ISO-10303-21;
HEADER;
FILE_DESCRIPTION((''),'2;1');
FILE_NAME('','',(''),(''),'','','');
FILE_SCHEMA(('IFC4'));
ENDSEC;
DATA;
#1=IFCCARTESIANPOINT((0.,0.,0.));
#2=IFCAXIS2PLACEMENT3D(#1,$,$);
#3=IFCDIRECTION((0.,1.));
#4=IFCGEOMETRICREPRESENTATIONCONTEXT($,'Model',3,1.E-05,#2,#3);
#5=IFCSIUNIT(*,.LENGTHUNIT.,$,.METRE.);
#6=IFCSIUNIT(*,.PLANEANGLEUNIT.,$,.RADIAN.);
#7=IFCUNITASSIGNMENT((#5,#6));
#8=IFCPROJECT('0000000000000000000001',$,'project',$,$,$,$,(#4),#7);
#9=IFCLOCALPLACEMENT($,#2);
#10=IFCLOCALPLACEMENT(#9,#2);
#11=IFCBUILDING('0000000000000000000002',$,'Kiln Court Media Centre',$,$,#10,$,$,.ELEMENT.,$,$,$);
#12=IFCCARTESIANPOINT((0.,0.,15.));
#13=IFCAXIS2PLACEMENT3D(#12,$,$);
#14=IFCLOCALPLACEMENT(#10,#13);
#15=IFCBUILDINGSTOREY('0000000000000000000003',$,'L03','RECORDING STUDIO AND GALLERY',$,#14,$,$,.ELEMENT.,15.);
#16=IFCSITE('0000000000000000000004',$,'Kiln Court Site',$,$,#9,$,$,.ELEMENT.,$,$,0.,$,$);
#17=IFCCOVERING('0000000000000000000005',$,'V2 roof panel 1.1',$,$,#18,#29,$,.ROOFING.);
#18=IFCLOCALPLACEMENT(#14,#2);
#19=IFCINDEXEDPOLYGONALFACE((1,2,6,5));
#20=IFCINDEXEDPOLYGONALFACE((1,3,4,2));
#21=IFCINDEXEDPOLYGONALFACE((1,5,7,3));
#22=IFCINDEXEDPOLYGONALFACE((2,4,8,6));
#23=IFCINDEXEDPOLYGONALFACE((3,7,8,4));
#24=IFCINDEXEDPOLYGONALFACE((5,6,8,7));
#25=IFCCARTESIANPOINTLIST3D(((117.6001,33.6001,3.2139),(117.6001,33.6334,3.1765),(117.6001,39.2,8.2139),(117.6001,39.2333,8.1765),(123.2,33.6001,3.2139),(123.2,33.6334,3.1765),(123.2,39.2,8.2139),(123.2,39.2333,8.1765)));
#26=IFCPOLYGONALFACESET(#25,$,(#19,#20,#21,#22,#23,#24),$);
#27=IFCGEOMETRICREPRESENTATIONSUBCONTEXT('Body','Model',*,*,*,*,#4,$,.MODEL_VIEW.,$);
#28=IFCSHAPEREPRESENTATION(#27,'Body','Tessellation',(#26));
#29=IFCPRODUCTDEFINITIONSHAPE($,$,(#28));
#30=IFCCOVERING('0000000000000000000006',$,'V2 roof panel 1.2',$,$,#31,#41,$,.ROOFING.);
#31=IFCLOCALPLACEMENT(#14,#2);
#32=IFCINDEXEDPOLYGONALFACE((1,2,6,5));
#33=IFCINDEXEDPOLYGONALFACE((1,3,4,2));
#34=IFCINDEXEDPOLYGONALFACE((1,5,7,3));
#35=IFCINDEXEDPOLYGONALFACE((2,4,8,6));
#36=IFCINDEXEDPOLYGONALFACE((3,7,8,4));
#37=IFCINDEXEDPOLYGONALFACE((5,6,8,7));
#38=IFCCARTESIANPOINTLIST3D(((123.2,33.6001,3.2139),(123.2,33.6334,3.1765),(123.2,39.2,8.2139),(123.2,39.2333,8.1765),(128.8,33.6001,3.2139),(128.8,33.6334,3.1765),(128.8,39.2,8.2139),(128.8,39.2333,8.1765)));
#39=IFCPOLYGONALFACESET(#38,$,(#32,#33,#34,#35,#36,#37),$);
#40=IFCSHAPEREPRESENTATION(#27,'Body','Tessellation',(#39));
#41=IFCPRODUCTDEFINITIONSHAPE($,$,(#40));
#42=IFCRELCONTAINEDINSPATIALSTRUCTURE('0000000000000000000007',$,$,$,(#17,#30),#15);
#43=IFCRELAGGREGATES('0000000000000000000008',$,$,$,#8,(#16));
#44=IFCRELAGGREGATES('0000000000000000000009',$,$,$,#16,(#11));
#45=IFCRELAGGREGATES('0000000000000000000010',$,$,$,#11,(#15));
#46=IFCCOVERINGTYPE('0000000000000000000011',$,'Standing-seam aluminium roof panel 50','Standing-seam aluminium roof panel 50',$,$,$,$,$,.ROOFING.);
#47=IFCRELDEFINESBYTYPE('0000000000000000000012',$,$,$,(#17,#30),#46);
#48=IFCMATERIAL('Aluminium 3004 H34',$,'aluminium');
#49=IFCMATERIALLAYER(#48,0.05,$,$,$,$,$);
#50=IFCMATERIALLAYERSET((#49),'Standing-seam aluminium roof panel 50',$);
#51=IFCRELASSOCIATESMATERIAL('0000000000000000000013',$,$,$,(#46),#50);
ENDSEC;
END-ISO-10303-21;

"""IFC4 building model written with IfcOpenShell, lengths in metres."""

from ifc_helpers import new_model, si_unit, direction, frame, origin, place, context, subcontext, project, spatial, polyline, outline, extrude, material, layer, layer_set, type_object, element, save


model = new_model("IFC4")

# Units and contexts
model_context = context("Model", 3, precision=1e-05, world=origin(), true_north=direction((0.0, 1.0)))
body_context = subcontext(model_context, "Body", "Model", "MODEL_VIEW")
ifc_project = project(units=[si_unit("LENGTHUNIT", "METRE"), si_unit("PLANEANGLEUNIT", "RADIAN")], contexts=[model_context])

# Site, building, storey
site_placement = place(None, origin())
site = spatial("IfcSite", under=ifc_project, at=site_placement, Name="Kiln Court Site", CompositionType="ELEMENT", RefElevation=0.0)
building_placement = place(site_placement, origin())
building = spatial("IfcBuilding", under=site, at=building_placement, Name="Kiln Court Media Centre", CompositionType="ELEMENT")
storey_placement = place(building_placement, frame((0.0, 0.0, 15.0)))
storey = spatial("IfcBuildingStorey", under=building, at=storey_placement, Name="L03", Description="RECORDING STUDIO AND GALLERY", CompositionType="ELEMENT", Elevation=15.0)

# Coverings
ifc_material_1 = material(Name="Aluminium 3004 H34", Category="aluminium")
ifc_layer_1 = layer(ifc_material_1, 0.05)
ifc_layer_set_1 = layer_set([ifc_layer_1], Name="Standing-seam aluminium roof panel 50")
covering_type = type_object("IfcCoveringType", Name="Standing-seam aluminium roof panel 50", Description="Standing-seam aluminium roof panel 50", PredefinedType="ROOFING", material=ifc_layer_set_1)
covering_1_placement = place(storey_placement, frame((117.6001, 33.6001, 3.2139), z_axis=(0.0, -0.666025, 0.745929), x_axis=(0.0, 0.745929, 0.666025)))
element("IfcCovering", 1, at=covering_1_placement, inside=storey, type_object=covering_type, Name="V2 roof panel 1.1", PredefinedType="ROOFING", context=body_context, shape_type="SweptSolid", body=[
    extrude(outline(polyline([(0.0, 0.0), (7.5072, 0.0), (7.5072, -5.5999), (0.0, -5.5999), (0.0, 0.0)])), origin(), (0.0, 0.0, -1.0), 0.05),
])
covering_2_placement = place(storey_placement, frame((123.2, 33.6001, 3.2139), z_axis=(0.0, -0.666025, 0.745929), x_axis=(0.0, 0.745929, 0.666025)))
element("IfcCovering", 2, at=covering_2_placement, inside=storey, type_object=covering_type, Name="V2 roof panel 1.2", PredefinedType="ROOFING", context=body_context, shape_type="SweptSolid", body=[
    extrude(outline(polyline([(0.0, 0.0), (7.5072, 0.0), (7.5072, -5.6001), (0.0, -5.6001), (0.0, 0.0)])), origin(), (0.0, 0.0, -1.0), 0.05),
])

save(model, "model.ifc")
